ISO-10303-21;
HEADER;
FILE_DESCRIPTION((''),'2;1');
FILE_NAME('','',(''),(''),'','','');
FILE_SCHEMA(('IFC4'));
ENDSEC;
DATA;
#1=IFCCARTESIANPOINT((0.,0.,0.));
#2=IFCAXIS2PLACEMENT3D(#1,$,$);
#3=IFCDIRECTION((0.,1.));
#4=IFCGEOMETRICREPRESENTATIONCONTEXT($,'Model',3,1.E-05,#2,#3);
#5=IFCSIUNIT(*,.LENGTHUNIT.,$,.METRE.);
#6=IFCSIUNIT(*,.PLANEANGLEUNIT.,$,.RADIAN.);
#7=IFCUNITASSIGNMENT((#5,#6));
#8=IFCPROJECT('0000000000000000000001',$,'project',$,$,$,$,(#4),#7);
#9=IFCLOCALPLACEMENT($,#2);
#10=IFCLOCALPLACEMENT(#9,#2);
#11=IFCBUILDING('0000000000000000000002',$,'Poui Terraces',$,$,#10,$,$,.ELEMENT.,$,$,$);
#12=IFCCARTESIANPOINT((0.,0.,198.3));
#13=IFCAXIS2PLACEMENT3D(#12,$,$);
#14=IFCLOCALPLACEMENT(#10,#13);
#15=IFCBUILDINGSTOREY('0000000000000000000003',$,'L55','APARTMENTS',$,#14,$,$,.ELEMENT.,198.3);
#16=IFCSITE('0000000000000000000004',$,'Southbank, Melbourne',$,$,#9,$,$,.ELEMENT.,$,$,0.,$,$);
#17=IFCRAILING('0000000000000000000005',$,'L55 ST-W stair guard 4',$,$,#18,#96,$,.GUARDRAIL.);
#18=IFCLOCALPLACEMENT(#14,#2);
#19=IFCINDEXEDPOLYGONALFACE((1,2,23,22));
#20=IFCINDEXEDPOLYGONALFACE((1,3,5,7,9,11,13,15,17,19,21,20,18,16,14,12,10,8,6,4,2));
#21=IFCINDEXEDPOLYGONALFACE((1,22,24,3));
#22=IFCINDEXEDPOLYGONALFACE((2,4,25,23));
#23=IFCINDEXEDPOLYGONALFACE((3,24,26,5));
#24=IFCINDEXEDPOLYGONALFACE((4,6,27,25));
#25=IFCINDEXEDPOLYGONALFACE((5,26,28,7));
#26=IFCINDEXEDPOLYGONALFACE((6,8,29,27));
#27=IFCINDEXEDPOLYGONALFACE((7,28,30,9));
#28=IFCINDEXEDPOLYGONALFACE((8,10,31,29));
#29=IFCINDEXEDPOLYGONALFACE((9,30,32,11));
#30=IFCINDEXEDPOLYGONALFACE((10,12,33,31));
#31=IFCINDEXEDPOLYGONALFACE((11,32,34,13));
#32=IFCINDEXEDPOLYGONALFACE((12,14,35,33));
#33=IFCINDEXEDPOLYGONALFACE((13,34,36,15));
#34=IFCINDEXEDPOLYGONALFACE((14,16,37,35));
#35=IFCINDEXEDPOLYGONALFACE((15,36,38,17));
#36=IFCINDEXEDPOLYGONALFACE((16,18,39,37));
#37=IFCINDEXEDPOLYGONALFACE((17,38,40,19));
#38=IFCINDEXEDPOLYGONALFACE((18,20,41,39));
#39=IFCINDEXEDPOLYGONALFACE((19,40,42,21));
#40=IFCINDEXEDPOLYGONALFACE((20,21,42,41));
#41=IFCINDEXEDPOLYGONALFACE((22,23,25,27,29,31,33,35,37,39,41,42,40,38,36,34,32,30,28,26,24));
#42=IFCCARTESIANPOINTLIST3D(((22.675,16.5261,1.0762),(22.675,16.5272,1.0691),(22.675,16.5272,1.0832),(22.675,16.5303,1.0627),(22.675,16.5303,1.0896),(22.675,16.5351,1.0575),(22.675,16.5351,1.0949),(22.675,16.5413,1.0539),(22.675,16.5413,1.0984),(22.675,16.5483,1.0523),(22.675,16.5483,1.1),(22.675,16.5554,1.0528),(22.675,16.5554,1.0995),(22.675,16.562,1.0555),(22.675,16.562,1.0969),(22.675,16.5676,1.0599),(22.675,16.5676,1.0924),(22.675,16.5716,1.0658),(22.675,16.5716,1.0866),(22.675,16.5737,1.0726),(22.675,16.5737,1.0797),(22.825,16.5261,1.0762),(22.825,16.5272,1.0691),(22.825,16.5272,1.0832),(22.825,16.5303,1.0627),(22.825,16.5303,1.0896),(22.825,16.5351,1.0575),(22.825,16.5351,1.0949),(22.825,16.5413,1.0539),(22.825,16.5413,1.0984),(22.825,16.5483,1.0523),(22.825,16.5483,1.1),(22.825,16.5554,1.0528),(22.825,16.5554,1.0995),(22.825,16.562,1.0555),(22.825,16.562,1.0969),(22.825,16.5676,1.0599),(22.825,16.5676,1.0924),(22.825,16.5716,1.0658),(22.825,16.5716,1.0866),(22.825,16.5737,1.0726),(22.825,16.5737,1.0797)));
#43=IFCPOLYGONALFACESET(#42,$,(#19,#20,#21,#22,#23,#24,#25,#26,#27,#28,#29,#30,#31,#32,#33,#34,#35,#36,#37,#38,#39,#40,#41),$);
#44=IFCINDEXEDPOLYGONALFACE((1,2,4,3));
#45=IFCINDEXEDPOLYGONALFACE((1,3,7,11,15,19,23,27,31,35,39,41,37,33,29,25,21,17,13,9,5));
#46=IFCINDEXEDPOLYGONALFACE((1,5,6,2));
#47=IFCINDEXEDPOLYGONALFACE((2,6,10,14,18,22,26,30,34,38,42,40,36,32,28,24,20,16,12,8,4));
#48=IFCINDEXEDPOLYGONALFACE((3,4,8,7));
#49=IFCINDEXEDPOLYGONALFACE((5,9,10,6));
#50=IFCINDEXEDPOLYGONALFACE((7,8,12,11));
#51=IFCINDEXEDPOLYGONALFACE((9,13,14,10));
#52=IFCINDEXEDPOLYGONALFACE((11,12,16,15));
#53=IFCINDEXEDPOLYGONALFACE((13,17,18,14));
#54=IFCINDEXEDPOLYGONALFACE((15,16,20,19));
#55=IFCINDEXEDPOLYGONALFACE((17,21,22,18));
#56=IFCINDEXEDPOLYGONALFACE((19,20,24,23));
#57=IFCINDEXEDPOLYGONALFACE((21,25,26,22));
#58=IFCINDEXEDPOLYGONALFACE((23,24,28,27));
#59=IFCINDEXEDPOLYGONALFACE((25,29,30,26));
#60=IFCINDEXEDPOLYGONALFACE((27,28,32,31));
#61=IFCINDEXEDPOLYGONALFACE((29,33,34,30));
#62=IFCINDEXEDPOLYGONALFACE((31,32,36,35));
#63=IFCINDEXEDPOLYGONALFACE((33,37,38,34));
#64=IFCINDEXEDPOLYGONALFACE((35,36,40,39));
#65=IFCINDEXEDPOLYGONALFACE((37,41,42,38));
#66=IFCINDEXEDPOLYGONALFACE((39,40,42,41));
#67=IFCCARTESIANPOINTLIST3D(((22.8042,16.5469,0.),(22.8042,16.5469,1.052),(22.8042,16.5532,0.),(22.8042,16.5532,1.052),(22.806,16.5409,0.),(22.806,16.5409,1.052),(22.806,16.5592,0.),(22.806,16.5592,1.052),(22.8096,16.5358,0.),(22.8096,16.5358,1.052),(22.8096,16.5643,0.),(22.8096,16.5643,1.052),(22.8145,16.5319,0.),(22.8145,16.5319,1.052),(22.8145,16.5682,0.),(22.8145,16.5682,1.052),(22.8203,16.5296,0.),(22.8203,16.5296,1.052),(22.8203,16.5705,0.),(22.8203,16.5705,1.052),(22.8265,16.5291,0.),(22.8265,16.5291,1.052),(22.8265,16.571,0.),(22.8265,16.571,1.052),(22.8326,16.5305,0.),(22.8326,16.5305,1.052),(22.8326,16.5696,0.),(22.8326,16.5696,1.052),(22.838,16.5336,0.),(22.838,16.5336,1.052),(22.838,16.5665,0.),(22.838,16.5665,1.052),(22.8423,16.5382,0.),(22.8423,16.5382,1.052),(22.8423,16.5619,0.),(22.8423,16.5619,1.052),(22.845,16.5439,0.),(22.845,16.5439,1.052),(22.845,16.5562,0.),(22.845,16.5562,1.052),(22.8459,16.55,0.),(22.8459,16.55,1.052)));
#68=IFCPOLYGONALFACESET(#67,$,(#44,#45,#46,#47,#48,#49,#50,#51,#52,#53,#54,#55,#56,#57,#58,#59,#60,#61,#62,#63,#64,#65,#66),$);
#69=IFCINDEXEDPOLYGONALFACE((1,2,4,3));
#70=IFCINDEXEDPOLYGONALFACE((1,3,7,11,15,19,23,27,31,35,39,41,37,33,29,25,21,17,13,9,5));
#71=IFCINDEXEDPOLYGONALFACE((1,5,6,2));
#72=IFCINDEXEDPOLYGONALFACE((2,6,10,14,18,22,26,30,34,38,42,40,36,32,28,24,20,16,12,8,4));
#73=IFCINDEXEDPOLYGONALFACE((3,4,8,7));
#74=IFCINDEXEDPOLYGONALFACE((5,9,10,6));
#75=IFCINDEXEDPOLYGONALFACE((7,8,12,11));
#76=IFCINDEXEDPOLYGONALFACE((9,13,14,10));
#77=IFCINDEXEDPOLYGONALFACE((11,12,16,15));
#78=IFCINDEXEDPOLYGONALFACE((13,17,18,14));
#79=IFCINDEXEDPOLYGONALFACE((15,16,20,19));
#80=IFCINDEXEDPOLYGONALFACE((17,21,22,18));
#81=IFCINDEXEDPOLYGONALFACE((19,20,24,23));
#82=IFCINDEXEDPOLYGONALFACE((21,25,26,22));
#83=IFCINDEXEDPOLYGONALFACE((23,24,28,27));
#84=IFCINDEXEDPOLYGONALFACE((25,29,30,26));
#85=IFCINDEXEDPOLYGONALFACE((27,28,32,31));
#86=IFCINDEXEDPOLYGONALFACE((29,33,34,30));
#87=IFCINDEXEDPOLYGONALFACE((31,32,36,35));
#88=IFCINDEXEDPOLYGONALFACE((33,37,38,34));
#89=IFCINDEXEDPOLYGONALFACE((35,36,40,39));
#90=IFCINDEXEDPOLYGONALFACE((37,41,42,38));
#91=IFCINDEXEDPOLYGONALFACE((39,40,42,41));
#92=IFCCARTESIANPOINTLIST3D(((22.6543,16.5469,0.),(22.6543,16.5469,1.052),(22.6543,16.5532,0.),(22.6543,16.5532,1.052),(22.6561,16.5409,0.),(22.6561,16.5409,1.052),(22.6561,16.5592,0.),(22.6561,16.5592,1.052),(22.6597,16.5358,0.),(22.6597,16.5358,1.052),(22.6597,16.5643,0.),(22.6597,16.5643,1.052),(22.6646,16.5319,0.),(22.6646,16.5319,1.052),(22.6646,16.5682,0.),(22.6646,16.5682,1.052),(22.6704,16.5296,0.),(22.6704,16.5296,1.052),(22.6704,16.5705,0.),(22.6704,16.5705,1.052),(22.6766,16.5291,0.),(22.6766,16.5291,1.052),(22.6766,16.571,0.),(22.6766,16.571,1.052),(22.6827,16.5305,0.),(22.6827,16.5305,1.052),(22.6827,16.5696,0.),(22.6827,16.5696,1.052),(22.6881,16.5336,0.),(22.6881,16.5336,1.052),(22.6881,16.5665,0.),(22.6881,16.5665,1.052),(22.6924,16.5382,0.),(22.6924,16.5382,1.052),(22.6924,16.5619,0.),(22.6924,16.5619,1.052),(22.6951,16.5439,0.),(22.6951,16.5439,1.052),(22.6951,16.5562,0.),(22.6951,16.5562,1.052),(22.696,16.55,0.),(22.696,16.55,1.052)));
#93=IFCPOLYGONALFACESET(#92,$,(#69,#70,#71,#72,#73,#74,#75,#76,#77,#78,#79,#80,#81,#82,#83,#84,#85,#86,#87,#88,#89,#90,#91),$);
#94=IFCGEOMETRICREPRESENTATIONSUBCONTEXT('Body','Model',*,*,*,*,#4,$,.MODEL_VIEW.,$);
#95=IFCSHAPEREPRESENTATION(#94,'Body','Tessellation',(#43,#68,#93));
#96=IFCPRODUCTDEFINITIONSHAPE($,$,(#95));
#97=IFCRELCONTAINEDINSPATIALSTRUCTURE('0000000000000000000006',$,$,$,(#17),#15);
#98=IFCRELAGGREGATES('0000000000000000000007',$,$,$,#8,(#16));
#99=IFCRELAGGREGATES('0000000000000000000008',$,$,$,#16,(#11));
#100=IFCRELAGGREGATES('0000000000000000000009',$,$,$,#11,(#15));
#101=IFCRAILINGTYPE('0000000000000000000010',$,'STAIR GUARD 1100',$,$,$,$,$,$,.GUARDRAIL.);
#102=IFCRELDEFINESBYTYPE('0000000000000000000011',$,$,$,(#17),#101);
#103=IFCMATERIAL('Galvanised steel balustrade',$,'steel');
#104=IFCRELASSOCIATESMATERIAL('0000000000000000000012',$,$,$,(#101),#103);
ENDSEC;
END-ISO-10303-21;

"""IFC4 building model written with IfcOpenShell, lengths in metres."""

from ifc_helpers import new_model, si_unit, direction, frame, origin, origin_2d, place, context, subcontext, project, spatial, circle, extrude, material, type_object, element, save


model = new_model("IFC4")

# Units and contexts
model_context = context("Model", 3, precision=1e-05, world=origin(), true_north=direction((0.0, 1.0)))
body_context = subcontext(model_context, "Body", "Model", "MODEL_VIEW")
ifc_project = project(units=[si_unit("LENGTHUNIT", "METRE"), si_unit("PLANEANGLEUNIT", "RADIAN")], contexts=[model_context])

# Site, building, storey
site_placement = place(None, origin())
site = spatial("IfcSite", under=ifc_project, at=site_placement, Name="Southbank, Melbourne", CompositionType="ELEMENT", RefElevation=0.0)
building_placement = place(site_placement, origin())
building = spatial("IfcBuilding", under=site, at=building_placement, Name="Poui Terraces", CompositionType="ELEMENT")
storey_placement = place(building_placement, frame((0.0, 0.0, 198.3)))
storey = spatial("IfcBuildingStorey", under=building, at=storey_placement, Name="L55", Description="APARTMENTS", CompositionType="ELEMENT", Elevation=198.3)

# Railing
ifc_material_1 = material(Name="Galvanised steel balustrade", Category="steel")
railing_type_1 = type_object("IfcRailingType", Name="STAIR GUARD 1100", PredefinedType="GUARDRAIL", material=ifc_material_1)
railing_1_placement = place(storey_placement, frame((22.825, 16.55, 0.0)))
element("IfcRailing", 1, at=railing_1_placement, inside=storey, type_object=railing_type_1, Name="L55 ST-W stair guard 4", PredefinedType="GUARDRAIL", context=body_context, shape_type="SweptSolid", body=[
    extrude(circle(Radius=0.0239, at=origin_2d()), frame((0.0, 0.0, 1.0762), z_axis=(-1.0, 0.0, 0.0), x_axis=(0.0, -1.0, 0.0)), (0.0, 0.0, 1.0), 0.1499),
    extrude(circle(Radius=0.021, at=origin_2d()), origin(), (0.0, 0.0, 1.0), 1.052),
    extrude(circle(Radius=0.021, at=origin_2d()), frame((-0.1499, 0.0, 0.0)), (0.0, 0.0, 1.0), 1.052),
])

save(model, "model.ifc")
